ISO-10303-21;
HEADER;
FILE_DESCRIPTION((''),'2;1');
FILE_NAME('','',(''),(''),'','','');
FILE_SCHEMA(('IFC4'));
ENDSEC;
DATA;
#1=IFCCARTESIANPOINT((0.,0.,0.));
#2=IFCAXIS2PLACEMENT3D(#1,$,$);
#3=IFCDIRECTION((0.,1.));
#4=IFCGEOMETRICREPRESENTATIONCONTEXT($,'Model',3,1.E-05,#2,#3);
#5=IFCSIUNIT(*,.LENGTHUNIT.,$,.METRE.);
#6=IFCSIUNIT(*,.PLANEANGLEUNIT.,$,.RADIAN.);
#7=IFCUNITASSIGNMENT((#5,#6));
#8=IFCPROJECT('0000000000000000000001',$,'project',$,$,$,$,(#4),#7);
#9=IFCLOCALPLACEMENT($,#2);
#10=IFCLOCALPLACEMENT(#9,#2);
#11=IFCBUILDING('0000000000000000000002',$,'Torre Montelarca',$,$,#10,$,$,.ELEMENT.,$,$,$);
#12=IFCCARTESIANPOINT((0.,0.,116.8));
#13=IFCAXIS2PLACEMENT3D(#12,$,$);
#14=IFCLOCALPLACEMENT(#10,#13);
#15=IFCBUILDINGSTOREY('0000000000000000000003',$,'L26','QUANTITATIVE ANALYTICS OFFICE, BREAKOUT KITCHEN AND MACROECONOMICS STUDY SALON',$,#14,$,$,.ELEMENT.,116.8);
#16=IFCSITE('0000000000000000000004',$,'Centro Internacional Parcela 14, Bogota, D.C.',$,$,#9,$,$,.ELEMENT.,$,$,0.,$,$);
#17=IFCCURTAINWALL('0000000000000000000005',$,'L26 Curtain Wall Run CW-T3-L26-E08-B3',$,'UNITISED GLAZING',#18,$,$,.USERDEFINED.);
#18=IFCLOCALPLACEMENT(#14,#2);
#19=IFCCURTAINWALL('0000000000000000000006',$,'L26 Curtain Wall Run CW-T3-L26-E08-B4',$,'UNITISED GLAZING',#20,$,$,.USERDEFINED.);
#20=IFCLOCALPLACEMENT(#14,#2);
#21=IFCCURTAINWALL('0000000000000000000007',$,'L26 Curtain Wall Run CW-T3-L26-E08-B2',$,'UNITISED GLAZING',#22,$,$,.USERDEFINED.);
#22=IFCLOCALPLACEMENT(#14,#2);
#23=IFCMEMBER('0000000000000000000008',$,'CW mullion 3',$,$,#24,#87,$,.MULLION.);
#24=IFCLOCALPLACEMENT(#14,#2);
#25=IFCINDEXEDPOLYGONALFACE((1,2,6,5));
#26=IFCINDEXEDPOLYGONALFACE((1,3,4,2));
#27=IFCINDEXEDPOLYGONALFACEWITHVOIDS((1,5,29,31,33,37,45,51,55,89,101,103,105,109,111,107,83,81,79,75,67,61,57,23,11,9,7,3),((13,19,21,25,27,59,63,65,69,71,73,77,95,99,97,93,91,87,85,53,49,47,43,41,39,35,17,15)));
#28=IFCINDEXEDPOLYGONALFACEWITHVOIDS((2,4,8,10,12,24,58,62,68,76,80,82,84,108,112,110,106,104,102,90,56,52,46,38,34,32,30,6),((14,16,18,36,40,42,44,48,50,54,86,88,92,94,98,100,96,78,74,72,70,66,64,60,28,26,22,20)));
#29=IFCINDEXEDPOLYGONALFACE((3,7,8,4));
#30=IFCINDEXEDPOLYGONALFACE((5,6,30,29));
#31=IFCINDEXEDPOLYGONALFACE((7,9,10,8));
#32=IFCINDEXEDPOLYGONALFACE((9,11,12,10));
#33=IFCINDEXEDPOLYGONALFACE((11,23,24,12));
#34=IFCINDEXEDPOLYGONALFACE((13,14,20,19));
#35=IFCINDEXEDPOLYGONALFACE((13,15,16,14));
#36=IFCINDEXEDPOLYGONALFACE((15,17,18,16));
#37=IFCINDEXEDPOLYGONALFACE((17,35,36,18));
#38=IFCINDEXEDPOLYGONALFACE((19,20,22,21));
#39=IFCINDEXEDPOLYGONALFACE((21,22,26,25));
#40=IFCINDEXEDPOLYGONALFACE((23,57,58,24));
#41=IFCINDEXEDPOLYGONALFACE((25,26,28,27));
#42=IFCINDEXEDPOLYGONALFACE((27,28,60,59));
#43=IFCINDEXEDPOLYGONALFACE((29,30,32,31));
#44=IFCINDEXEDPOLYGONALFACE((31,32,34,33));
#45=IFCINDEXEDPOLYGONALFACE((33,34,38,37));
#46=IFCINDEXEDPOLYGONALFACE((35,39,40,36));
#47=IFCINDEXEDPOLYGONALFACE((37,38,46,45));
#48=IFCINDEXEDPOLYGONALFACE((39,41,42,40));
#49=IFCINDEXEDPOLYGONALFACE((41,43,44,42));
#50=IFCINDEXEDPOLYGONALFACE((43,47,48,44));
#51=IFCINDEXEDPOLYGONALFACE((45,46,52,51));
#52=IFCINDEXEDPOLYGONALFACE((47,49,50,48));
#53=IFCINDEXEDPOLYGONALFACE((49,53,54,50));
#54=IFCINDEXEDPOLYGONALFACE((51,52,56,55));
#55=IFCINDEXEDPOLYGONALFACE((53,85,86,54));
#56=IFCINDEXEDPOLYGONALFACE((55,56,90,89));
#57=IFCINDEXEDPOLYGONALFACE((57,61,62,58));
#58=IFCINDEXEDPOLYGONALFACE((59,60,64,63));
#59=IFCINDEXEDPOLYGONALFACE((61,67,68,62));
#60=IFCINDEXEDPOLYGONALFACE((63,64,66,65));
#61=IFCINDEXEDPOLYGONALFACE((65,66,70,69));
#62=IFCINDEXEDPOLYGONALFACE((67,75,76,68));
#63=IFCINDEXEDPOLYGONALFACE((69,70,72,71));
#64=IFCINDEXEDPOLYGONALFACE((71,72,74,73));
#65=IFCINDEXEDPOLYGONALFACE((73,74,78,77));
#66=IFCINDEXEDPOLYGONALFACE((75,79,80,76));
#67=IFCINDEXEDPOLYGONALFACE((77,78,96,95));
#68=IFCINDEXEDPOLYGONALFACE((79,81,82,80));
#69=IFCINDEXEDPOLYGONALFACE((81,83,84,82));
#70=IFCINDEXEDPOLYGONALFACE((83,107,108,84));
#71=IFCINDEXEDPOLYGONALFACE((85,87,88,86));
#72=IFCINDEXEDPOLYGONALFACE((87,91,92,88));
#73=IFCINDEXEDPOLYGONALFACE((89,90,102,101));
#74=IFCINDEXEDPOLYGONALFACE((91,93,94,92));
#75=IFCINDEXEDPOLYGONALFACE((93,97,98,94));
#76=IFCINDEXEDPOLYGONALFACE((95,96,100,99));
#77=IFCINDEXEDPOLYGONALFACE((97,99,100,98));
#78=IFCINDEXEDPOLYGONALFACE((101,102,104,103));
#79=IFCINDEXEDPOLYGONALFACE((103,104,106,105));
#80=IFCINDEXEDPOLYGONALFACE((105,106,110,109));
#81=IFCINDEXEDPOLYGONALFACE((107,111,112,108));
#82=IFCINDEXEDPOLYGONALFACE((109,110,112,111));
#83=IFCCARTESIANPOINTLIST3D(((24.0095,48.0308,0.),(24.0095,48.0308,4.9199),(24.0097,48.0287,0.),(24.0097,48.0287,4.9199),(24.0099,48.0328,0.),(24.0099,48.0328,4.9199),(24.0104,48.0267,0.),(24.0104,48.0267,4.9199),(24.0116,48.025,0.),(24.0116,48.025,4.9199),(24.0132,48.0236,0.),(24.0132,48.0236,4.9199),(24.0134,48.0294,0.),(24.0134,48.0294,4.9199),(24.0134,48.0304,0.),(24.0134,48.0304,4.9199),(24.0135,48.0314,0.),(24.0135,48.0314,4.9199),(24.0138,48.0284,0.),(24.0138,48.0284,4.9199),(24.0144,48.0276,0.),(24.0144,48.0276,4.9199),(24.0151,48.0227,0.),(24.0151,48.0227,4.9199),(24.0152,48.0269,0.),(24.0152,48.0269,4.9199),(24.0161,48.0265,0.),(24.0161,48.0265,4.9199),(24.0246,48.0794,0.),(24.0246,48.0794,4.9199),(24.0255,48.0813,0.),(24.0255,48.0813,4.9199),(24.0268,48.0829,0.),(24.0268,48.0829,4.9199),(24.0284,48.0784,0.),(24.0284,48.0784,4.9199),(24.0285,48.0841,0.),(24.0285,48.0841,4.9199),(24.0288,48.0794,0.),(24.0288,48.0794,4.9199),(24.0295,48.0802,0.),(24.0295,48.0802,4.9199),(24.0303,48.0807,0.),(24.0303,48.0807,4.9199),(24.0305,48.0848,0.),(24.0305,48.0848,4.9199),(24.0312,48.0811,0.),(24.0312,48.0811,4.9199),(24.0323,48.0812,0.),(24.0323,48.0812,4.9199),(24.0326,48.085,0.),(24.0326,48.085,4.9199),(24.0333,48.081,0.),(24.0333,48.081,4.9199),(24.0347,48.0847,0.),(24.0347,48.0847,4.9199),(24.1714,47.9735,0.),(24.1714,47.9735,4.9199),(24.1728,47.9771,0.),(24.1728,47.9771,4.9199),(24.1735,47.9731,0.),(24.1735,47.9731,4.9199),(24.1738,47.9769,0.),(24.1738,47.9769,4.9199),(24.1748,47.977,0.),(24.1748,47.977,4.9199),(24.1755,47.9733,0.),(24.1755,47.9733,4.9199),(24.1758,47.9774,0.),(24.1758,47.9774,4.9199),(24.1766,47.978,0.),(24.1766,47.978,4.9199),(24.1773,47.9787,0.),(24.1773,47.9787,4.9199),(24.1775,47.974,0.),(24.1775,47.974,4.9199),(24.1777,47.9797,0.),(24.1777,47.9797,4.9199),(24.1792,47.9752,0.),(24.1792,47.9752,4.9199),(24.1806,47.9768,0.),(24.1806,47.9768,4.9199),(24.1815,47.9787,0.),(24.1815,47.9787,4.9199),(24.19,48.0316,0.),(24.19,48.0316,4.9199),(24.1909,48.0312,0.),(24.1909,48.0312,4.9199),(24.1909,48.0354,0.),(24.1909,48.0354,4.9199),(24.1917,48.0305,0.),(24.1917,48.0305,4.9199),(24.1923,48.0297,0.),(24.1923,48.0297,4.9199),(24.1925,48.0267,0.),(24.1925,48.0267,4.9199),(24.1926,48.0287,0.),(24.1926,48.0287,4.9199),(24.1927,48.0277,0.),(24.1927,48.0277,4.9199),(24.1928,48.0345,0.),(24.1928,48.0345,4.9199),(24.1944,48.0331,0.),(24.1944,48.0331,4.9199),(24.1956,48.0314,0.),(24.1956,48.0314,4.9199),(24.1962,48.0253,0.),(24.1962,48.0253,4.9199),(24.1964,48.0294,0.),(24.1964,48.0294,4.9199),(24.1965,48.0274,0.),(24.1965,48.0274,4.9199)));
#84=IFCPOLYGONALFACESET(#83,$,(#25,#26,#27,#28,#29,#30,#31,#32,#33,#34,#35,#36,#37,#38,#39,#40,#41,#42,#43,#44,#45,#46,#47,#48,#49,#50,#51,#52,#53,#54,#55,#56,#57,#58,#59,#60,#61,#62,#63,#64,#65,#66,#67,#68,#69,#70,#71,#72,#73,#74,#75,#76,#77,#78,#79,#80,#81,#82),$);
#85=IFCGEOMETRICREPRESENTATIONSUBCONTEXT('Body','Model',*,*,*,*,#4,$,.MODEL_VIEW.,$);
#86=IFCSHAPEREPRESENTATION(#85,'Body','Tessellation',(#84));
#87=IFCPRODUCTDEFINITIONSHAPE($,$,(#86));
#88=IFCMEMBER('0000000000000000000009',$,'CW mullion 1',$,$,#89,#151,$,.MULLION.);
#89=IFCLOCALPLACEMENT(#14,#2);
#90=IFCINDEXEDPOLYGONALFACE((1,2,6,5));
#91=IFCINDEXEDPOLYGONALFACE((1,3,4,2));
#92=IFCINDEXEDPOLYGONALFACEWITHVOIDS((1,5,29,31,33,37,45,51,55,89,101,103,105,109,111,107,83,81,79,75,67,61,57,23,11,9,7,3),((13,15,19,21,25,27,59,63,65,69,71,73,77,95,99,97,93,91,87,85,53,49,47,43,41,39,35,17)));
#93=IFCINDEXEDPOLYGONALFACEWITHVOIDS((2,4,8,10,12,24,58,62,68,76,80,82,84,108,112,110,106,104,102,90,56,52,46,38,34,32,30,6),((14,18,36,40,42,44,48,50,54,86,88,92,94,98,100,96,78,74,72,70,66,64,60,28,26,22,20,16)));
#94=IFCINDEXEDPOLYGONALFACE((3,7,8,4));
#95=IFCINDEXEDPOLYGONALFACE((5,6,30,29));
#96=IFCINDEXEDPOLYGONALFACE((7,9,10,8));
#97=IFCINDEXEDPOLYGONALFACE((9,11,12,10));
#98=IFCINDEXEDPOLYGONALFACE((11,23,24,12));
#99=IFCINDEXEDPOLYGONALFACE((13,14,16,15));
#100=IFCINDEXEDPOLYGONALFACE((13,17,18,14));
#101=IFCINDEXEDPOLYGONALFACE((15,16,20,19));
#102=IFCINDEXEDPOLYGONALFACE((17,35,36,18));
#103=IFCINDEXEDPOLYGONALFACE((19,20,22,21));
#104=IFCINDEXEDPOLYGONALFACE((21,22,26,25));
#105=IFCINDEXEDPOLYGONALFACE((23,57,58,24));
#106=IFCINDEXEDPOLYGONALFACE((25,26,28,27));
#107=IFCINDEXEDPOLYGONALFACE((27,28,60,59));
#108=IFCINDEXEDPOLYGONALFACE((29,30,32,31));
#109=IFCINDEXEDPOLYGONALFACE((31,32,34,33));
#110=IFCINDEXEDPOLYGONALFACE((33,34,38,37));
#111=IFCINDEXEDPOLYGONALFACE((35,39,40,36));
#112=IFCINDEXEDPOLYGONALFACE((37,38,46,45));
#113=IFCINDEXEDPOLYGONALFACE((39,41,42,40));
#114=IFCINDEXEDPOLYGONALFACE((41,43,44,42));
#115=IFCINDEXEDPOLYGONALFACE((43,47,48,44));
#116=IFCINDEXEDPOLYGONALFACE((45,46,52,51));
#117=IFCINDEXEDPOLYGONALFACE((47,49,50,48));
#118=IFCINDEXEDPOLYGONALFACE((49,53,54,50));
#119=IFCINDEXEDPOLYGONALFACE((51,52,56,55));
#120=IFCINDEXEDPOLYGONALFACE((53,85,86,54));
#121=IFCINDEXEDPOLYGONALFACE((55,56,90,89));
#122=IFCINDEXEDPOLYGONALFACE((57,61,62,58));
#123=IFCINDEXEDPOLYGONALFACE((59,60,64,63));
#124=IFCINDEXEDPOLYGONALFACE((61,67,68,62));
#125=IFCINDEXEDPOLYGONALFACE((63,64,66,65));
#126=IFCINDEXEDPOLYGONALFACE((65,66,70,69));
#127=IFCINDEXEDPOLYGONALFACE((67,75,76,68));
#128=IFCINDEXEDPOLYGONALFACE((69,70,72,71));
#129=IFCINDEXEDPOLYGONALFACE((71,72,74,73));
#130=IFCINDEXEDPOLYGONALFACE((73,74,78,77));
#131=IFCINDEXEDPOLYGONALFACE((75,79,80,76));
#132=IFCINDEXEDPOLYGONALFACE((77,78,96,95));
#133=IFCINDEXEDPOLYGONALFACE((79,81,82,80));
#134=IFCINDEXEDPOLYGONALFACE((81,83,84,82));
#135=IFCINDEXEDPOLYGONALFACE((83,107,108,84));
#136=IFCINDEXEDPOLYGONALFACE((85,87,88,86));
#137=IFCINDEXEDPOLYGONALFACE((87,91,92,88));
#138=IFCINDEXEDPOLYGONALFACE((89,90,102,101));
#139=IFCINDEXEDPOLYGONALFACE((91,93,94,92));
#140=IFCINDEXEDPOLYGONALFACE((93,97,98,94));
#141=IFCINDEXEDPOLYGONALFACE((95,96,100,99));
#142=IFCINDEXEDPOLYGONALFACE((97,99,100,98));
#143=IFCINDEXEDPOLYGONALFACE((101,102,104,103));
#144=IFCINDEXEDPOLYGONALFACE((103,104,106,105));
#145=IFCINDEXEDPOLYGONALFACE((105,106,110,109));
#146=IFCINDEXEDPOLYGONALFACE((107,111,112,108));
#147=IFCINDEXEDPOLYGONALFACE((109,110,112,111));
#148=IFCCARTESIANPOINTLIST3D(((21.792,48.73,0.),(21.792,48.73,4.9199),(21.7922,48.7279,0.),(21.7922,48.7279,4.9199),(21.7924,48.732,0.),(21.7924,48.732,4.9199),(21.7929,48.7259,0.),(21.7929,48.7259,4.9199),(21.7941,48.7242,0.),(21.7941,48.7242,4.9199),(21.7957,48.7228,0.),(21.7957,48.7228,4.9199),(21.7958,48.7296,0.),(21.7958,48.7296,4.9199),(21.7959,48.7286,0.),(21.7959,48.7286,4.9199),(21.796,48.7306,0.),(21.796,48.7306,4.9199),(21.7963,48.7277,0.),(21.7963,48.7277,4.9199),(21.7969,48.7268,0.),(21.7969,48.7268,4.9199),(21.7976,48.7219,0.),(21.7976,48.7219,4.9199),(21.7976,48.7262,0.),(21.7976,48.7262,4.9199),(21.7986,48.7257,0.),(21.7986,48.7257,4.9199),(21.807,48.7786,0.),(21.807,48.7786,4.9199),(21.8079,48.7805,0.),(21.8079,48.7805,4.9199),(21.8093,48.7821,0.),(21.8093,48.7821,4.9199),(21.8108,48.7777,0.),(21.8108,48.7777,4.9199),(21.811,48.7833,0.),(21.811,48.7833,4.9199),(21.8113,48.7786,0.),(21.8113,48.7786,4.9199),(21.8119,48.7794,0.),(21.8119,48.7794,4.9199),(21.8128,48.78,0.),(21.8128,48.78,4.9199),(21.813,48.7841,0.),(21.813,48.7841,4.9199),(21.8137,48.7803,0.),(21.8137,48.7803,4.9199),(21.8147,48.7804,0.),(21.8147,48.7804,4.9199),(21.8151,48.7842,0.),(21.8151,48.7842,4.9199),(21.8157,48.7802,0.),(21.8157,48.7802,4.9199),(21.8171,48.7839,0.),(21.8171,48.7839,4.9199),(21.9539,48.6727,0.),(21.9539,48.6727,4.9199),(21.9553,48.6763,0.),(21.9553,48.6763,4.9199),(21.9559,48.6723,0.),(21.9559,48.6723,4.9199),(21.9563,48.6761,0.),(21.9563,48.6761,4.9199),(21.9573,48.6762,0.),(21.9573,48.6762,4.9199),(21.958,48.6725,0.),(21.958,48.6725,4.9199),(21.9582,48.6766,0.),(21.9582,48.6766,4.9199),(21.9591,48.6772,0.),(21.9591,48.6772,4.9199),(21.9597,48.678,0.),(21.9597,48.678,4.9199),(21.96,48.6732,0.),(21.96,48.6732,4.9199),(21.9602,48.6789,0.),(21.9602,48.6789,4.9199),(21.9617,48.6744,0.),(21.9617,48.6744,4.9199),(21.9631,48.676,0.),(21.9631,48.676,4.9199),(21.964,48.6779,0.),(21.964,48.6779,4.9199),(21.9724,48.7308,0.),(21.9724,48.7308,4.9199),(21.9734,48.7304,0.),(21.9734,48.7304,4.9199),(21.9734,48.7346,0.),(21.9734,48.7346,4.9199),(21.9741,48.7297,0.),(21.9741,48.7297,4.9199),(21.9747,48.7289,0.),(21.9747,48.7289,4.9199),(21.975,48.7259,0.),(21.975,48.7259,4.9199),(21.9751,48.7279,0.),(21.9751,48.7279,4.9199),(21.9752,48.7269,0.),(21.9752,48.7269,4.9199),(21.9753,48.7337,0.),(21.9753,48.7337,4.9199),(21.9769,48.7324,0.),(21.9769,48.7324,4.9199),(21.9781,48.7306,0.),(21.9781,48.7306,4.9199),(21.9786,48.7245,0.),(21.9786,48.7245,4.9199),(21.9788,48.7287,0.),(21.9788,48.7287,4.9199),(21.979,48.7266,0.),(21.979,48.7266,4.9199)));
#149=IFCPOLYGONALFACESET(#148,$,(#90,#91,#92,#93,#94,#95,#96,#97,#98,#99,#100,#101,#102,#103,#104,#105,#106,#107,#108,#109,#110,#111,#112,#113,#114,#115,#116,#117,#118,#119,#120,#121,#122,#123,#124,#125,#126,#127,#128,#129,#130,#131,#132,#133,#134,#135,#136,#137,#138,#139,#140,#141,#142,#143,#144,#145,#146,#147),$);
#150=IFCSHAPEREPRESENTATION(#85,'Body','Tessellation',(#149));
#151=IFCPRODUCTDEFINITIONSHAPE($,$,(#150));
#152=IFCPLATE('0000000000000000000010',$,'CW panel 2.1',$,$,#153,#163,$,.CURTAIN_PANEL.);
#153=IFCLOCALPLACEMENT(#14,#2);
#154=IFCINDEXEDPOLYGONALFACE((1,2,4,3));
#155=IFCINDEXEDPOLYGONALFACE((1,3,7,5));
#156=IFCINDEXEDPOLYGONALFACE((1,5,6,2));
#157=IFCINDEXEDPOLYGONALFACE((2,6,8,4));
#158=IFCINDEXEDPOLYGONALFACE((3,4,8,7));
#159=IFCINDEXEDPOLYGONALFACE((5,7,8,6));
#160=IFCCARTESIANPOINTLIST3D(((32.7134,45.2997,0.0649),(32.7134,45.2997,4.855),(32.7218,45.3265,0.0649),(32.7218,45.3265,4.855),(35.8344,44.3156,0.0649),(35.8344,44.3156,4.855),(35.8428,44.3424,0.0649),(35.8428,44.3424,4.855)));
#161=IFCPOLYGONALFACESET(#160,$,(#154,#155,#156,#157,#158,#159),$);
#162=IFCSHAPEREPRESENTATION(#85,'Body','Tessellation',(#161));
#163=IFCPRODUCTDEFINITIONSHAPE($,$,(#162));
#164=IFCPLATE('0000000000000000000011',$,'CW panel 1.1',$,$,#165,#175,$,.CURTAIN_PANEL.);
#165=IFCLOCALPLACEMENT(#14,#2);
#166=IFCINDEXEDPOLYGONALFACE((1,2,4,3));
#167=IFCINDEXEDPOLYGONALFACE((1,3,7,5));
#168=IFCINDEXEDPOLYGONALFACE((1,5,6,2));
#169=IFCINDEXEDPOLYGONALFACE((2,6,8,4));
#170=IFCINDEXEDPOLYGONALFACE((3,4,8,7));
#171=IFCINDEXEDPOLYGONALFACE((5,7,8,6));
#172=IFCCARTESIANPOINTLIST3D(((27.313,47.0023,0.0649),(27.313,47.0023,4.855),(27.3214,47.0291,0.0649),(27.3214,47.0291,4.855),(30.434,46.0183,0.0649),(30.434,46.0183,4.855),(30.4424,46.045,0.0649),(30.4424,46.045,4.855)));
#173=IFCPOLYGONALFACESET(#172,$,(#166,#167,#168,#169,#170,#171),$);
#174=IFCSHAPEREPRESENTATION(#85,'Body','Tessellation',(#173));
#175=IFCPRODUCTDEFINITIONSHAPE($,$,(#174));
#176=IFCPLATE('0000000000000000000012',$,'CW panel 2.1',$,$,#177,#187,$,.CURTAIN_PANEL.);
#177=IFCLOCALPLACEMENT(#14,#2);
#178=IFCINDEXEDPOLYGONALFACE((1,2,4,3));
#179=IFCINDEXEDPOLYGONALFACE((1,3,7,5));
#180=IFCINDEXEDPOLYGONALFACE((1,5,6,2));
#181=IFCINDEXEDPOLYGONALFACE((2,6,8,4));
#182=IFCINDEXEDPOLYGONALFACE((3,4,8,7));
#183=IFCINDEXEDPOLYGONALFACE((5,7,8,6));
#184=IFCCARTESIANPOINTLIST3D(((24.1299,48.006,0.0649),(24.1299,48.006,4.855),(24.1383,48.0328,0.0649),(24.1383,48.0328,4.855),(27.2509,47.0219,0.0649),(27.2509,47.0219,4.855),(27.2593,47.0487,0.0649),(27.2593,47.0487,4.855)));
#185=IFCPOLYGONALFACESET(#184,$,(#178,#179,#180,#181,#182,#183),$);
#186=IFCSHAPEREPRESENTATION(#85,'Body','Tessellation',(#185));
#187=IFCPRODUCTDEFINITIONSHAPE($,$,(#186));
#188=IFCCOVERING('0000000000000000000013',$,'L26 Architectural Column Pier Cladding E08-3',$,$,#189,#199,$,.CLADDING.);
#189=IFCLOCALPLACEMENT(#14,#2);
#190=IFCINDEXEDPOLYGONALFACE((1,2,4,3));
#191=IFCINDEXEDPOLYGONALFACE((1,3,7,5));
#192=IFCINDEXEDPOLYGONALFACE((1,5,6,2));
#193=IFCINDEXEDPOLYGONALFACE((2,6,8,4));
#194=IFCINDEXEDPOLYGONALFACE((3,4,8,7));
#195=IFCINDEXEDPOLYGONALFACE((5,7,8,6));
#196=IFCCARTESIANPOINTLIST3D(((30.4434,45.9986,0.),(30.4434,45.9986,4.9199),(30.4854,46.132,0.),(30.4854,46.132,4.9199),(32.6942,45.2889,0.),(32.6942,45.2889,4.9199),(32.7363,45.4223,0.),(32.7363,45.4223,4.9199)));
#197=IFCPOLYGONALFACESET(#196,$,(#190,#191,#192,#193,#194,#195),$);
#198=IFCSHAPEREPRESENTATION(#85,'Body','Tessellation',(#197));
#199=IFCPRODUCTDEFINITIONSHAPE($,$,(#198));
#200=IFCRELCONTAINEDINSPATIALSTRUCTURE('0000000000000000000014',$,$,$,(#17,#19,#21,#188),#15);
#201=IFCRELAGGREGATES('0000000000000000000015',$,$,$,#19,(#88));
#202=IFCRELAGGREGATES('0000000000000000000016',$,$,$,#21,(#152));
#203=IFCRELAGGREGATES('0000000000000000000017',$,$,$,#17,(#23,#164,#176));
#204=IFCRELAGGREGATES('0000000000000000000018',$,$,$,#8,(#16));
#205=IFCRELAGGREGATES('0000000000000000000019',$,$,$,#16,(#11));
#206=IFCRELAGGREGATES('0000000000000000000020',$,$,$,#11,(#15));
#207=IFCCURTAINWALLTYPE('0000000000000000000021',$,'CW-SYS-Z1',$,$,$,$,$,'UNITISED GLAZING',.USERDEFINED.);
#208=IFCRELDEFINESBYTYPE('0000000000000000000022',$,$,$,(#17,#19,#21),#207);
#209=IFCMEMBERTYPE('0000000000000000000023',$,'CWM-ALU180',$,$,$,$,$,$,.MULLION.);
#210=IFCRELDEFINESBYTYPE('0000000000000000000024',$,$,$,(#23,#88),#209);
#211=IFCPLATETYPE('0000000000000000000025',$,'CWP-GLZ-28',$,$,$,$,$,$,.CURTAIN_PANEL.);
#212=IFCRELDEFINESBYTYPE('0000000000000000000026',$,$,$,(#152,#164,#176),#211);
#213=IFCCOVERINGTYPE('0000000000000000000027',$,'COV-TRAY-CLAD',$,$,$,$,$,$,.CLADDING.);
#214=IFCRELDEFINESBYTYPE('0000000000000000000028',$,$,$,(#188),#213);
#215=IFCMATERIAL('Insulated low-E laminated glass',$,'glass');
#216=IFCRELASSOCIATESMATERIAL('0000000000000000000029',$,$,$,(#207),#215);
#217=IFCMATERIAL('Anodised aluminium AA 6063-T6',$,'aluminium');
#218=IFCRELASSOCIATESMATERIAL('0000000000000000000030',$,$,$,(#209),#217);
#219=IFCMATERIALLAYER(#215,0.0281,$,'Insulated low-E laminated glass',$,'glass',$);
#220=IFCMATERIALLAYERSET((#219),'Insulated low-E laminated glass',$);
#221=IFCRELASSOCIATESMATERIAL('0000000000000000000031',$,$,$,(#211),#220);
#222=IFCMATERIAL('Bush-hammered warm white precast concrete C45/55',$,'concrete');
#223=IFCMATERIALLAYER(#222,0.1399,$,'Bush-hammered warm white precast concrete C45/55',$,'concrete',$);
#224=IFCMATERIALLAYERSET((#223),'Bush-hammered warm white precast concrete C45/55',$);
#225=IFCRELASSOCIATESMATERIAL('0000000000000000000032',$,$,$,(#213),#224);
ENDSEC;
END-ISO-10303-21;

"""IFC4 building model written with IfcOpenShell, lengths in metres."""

from ifc_helpers import new_model, si_unit, direction, frame, origin, origin_2d, place, context, subcontext, project, spatial, rectangle, hollow_rectangle, extrude, source, transform, mapped, material, layer, layer_set, material_profile, profile_set, type_object, element, aggregate, save


model = new_model("IFC4")

# Units and contexts
model_context = context("Model", 3, precision=1e-05, world=origin(), true_north=direction((0.0, 1.0)))
body_context = subcontext(model_context, "Body", "Model", "MODEL_VIEW")
ifc_project = project(units=[si_unit("LENGTHUNIT", "METRE"), si_unit("PLANEANGLEUNIT", "RADIAN")], contexts=[model_context])

# Site, building, storey
site_placement = place(None, origin())
site = spatial("IfcSite", under=ifc_project, at=site_placement, Name="Centro Internacional Parcela 14, Bogota, D.C.", CompositionType="ELEMENT", RefElevation=0.0)
building_placement = place(site_placement, origin())
building = spatial("IfcBuilding", under=site, at=building_placement, Name="Torre Montelarca", CompositionType="ELEMENT")
storey_placement = place(building_placement, frame((0.0, 0.0, 116.8)))
storey = spatial("IfcBuildingStorey", under=building, at=storey_placement, Name="L26", Description="QUANTITATIVE ANALYTICS OFFICE, BREAKOUT KITCHEN AND MACROECONOMICS STUDY SALON", CompositionType="ELEMENT", Elevation=116.8)

# Curtain walls
ifc_material_1 = material(Name="Insulated low-E laminated glass", Category="glass")
curtain_wall_type = type_object("IfcCurtainWallType", Name="CW-SYS-Z1", ElementType="UNITISED GLAZING", PredefinedType="USERDEFINED", material=ifc_material_1)
curtain_wall_1_placement = place(storey_placement, origin())
curtain_wall_1 = element("IfcCurtainWall", 1, at=curtain_wall_1_placement, inside=storey, type_object=curtain_wall_type, Name="L26 Curtain Wall Run CW-T3-L26-E08-B3", ObjectType="UNITISED GLAZING", PredefinedType="USERDEFINED")
ifc_material_2 = material(Name="Anodised aluminium AA 6063-T6", Category="aluminium")
curtain_wall_2_placement = place(storey_placement, origin())
curtain_wall_2 = element("IfcCurtainWall", 2, at=curtain_wall_2_placement, inside=storey, type_object=curtain_wall_type, Name="L26 Curtain Wall Run CW-T3-L26-E08-B4", ObjectType="UNITISED GLAZING", PredefinedType="USERDEFINED")

# Curtain wall
curtain_wall_3_placement = place(storey_placement, origin())
curtain_wall_3 = element("IfcCurtainWall", 3, at=curtain_wall_3_placement, inside=storey, type_object=curtain_wall_type, Name="L26 Curtain Wall Run CW-T3-L26-E08-B2", ObjectType="UNITISED GLAZING", PredefinedType="USERDEFINED")
ifc_material_profile_1 = material_profile(ifc_material_2, hollow_rectangle(XDim=0.0649, YDim=0.1799, WallThickness=0.0039, InnerFilletRadius=0.0039, OuterFilletRadius=0.0081, at=origin_2d()), Name="ALU65X180X4", Category="aluminium")
ifc_profile_set_1 = profile_set([ifc_material_profile_1], Name="Anodised aluminium AA 6063-T6")
member_type_1 = type_object("IfcMemberType", Name="CWM-ALU180", PredefinedType="MULLION", material=ifc_profile_set_1)
shared_shape_1 = source(origin(), body_context, "Body", "SweptSolid", [
    extrude(hollow_rectangle(XDim=0.0649, YDim=0.1799, WallThickness=0.0039, InnerFilletRadius=0.0039, OuterFilletRadius=0.0081, at=origin_2d()), origin(), (0.0, 0.0, 1.0), 4.9199),
])

# Members
member_1_placement = place(storey_placement, frame((24.103, 48.0291, 0.0), z_axis=(0.0, 0.0, 1.0), x_axis=(-0.30071, -0.953716, 0.0)))
member_1 = element("IfcMember", 4, at=member_1_placement, type_object=member_type_1, Name="CW mullion 3", PredefinedType="MULLION", context=body_context, shape_type="MappedRepresentation", body=[
    mapped(shared_shape_1, transform((0.0, 0.0, 0.0), scale=1.0)),
])
member_2_placement = place(storey_placement, frame((21.8855, 48.7283, 0.0), z_axis=(0.0, 0.0, 1.0), x_axis=(-0.300696, -0.95372, 0.0)))
member_2 = element("IfcMember", 5, at=member_2_placement, type_object=member_type_1, Name="CW mullion 1", PredefinedType="MULLION", context=body_context, shape_type="MappedRepresentation", body=[
    mapped(shared_shape_1, transform((0.0, 0.0, 0.0), scale=1.0)),
])
aggregate(curtain_wall_2, [member_2])

# Plates
ifc_layer_1 = layer(ifc_material_1, 0.0281, Name="Insulated low-E laminated glass", Category="glass")
ifc_layer_set_1 = layer_set([ifc_layer_1], Name="Insulated low-E laminated glass")
plate_type = type_object("IfcPlateType", Name="CWP-GLZ-28", PredefinedType="CURTAIN_PANEL", material=ifc_layer_set_1)
shared_shape_2 = source(origin(), body_context, "Body", "SweptSolid", [
    extrude(rectangle(XDim=3.2725, YDim=0.0281, at=origin_2d()), origin(), (0.0, 0.0, 1.0), 4.79),
])
plate_1_placement = place(storey_placement, frame((34.2781, 44.821, 0.0649), z_axis=(0.0, 0.0, 1.0), x_axis=(-0.953714, 0.300714, 0.0)))
plate_1 = element("IfcPlate", 6, at=plate_1_placement, type_object=plate_type, Name="CW panel 2.1", PredefinedType="CURTAIN_PANEL", context=body_context, shape_type="MappedRepresentation", body=[
    mapped(shared_shape_2, transform((0.0, 0.0, 0.0), scale=1.0)),
])
aggregate(curtain_wall_3, [plate_1])
plate_2_placement = place(storey_placement, frame((28.8777, 46.5237, 0.0649), z_axis=(0.0, 0.0, 1.0), x_axis=(-0.953716, 0.30071, 0.0)))
plate_2 = element("IfcPlate", 7, at=plate_2_placement, type_object=plate_type, Name="CW panel 1.1", PredefinedType="CURTAIN_PANEL", context=body_context, shape_type="MappedRepresentation", body=[
    mapped(shared_shape_2, transform((0.0, 0.0, 0.0), scale=1.0)),
])
plate_3_placement = place(storey_placement, frame((25.6946, 47.5273, 0.0649), z_axis=(0.0, 0.0, 1.0), x_axis=(-0.953716, 0.30071, 0.0)))
plate_3 = element("IfcPlate", 8, at=plate_3_placement, type_object=plate_type, Name="CW panel 2.1", PredefinedType="CURTAIN_PANEL", context=body_context, shape_type="MappedRepresentation", body=[
    mapped(shared_shape_2, transform((0.0, 0.0, 0.0), scale=1.0)),
])
aggregate(curtain_wall_1, [member_1, plate_2, plate_3])

# Covering
ifc_material_3 = material(Name="Bush-hammered warm white precast concrete C45/55", Category="concrete")
ifc_layer_2 = layer(ifc_material_3, 0.1399, Name="Bush-hammered warm white precast concrete C45/55", Category="concrete")
ifc_layer_set_2 = layer_set([ifc_layer_2], Name="Bush-hammered warm white precast concrete C45/55")
covering_type = type_object("IfcCoveringType", Name="COV-TRAY-CLAD", PredefinedType="CLADDING", material=ifc_layer_set_2)
shared_shape_3 = source(origin(), body_context, "Body", "SweptSolid", [
    extrude(rectangle(XDim=2.3601, YDim=0.1399, at=origin_2d()), origin(), (0.0, 0.0, 1.0), 4.9199),
])
for number, where, z_axis, x_axis, name in (
    (9, (31.5898, 45.7104, 0.0), (0.0, 0.0, 1.0), (-0.953717, 0.300704, 0.0), "L26 Architectural Column Pier Cladding E08-3"),
):
    element("IfcCovering", number, at=place(storey_placement, frame(where, z_axis=z_axis, x_axis=x_axis)), inside=storey, type_object=covering_type, Name=name, PredefinedType="CLADDING", context=body_context, shape_type="MappedRepresentation", body=[
        mapped(shared_shape_3, transform((0.0, 0.0, 0.0), scale=1.0)),
    ])

save(model, "model.ifc")
